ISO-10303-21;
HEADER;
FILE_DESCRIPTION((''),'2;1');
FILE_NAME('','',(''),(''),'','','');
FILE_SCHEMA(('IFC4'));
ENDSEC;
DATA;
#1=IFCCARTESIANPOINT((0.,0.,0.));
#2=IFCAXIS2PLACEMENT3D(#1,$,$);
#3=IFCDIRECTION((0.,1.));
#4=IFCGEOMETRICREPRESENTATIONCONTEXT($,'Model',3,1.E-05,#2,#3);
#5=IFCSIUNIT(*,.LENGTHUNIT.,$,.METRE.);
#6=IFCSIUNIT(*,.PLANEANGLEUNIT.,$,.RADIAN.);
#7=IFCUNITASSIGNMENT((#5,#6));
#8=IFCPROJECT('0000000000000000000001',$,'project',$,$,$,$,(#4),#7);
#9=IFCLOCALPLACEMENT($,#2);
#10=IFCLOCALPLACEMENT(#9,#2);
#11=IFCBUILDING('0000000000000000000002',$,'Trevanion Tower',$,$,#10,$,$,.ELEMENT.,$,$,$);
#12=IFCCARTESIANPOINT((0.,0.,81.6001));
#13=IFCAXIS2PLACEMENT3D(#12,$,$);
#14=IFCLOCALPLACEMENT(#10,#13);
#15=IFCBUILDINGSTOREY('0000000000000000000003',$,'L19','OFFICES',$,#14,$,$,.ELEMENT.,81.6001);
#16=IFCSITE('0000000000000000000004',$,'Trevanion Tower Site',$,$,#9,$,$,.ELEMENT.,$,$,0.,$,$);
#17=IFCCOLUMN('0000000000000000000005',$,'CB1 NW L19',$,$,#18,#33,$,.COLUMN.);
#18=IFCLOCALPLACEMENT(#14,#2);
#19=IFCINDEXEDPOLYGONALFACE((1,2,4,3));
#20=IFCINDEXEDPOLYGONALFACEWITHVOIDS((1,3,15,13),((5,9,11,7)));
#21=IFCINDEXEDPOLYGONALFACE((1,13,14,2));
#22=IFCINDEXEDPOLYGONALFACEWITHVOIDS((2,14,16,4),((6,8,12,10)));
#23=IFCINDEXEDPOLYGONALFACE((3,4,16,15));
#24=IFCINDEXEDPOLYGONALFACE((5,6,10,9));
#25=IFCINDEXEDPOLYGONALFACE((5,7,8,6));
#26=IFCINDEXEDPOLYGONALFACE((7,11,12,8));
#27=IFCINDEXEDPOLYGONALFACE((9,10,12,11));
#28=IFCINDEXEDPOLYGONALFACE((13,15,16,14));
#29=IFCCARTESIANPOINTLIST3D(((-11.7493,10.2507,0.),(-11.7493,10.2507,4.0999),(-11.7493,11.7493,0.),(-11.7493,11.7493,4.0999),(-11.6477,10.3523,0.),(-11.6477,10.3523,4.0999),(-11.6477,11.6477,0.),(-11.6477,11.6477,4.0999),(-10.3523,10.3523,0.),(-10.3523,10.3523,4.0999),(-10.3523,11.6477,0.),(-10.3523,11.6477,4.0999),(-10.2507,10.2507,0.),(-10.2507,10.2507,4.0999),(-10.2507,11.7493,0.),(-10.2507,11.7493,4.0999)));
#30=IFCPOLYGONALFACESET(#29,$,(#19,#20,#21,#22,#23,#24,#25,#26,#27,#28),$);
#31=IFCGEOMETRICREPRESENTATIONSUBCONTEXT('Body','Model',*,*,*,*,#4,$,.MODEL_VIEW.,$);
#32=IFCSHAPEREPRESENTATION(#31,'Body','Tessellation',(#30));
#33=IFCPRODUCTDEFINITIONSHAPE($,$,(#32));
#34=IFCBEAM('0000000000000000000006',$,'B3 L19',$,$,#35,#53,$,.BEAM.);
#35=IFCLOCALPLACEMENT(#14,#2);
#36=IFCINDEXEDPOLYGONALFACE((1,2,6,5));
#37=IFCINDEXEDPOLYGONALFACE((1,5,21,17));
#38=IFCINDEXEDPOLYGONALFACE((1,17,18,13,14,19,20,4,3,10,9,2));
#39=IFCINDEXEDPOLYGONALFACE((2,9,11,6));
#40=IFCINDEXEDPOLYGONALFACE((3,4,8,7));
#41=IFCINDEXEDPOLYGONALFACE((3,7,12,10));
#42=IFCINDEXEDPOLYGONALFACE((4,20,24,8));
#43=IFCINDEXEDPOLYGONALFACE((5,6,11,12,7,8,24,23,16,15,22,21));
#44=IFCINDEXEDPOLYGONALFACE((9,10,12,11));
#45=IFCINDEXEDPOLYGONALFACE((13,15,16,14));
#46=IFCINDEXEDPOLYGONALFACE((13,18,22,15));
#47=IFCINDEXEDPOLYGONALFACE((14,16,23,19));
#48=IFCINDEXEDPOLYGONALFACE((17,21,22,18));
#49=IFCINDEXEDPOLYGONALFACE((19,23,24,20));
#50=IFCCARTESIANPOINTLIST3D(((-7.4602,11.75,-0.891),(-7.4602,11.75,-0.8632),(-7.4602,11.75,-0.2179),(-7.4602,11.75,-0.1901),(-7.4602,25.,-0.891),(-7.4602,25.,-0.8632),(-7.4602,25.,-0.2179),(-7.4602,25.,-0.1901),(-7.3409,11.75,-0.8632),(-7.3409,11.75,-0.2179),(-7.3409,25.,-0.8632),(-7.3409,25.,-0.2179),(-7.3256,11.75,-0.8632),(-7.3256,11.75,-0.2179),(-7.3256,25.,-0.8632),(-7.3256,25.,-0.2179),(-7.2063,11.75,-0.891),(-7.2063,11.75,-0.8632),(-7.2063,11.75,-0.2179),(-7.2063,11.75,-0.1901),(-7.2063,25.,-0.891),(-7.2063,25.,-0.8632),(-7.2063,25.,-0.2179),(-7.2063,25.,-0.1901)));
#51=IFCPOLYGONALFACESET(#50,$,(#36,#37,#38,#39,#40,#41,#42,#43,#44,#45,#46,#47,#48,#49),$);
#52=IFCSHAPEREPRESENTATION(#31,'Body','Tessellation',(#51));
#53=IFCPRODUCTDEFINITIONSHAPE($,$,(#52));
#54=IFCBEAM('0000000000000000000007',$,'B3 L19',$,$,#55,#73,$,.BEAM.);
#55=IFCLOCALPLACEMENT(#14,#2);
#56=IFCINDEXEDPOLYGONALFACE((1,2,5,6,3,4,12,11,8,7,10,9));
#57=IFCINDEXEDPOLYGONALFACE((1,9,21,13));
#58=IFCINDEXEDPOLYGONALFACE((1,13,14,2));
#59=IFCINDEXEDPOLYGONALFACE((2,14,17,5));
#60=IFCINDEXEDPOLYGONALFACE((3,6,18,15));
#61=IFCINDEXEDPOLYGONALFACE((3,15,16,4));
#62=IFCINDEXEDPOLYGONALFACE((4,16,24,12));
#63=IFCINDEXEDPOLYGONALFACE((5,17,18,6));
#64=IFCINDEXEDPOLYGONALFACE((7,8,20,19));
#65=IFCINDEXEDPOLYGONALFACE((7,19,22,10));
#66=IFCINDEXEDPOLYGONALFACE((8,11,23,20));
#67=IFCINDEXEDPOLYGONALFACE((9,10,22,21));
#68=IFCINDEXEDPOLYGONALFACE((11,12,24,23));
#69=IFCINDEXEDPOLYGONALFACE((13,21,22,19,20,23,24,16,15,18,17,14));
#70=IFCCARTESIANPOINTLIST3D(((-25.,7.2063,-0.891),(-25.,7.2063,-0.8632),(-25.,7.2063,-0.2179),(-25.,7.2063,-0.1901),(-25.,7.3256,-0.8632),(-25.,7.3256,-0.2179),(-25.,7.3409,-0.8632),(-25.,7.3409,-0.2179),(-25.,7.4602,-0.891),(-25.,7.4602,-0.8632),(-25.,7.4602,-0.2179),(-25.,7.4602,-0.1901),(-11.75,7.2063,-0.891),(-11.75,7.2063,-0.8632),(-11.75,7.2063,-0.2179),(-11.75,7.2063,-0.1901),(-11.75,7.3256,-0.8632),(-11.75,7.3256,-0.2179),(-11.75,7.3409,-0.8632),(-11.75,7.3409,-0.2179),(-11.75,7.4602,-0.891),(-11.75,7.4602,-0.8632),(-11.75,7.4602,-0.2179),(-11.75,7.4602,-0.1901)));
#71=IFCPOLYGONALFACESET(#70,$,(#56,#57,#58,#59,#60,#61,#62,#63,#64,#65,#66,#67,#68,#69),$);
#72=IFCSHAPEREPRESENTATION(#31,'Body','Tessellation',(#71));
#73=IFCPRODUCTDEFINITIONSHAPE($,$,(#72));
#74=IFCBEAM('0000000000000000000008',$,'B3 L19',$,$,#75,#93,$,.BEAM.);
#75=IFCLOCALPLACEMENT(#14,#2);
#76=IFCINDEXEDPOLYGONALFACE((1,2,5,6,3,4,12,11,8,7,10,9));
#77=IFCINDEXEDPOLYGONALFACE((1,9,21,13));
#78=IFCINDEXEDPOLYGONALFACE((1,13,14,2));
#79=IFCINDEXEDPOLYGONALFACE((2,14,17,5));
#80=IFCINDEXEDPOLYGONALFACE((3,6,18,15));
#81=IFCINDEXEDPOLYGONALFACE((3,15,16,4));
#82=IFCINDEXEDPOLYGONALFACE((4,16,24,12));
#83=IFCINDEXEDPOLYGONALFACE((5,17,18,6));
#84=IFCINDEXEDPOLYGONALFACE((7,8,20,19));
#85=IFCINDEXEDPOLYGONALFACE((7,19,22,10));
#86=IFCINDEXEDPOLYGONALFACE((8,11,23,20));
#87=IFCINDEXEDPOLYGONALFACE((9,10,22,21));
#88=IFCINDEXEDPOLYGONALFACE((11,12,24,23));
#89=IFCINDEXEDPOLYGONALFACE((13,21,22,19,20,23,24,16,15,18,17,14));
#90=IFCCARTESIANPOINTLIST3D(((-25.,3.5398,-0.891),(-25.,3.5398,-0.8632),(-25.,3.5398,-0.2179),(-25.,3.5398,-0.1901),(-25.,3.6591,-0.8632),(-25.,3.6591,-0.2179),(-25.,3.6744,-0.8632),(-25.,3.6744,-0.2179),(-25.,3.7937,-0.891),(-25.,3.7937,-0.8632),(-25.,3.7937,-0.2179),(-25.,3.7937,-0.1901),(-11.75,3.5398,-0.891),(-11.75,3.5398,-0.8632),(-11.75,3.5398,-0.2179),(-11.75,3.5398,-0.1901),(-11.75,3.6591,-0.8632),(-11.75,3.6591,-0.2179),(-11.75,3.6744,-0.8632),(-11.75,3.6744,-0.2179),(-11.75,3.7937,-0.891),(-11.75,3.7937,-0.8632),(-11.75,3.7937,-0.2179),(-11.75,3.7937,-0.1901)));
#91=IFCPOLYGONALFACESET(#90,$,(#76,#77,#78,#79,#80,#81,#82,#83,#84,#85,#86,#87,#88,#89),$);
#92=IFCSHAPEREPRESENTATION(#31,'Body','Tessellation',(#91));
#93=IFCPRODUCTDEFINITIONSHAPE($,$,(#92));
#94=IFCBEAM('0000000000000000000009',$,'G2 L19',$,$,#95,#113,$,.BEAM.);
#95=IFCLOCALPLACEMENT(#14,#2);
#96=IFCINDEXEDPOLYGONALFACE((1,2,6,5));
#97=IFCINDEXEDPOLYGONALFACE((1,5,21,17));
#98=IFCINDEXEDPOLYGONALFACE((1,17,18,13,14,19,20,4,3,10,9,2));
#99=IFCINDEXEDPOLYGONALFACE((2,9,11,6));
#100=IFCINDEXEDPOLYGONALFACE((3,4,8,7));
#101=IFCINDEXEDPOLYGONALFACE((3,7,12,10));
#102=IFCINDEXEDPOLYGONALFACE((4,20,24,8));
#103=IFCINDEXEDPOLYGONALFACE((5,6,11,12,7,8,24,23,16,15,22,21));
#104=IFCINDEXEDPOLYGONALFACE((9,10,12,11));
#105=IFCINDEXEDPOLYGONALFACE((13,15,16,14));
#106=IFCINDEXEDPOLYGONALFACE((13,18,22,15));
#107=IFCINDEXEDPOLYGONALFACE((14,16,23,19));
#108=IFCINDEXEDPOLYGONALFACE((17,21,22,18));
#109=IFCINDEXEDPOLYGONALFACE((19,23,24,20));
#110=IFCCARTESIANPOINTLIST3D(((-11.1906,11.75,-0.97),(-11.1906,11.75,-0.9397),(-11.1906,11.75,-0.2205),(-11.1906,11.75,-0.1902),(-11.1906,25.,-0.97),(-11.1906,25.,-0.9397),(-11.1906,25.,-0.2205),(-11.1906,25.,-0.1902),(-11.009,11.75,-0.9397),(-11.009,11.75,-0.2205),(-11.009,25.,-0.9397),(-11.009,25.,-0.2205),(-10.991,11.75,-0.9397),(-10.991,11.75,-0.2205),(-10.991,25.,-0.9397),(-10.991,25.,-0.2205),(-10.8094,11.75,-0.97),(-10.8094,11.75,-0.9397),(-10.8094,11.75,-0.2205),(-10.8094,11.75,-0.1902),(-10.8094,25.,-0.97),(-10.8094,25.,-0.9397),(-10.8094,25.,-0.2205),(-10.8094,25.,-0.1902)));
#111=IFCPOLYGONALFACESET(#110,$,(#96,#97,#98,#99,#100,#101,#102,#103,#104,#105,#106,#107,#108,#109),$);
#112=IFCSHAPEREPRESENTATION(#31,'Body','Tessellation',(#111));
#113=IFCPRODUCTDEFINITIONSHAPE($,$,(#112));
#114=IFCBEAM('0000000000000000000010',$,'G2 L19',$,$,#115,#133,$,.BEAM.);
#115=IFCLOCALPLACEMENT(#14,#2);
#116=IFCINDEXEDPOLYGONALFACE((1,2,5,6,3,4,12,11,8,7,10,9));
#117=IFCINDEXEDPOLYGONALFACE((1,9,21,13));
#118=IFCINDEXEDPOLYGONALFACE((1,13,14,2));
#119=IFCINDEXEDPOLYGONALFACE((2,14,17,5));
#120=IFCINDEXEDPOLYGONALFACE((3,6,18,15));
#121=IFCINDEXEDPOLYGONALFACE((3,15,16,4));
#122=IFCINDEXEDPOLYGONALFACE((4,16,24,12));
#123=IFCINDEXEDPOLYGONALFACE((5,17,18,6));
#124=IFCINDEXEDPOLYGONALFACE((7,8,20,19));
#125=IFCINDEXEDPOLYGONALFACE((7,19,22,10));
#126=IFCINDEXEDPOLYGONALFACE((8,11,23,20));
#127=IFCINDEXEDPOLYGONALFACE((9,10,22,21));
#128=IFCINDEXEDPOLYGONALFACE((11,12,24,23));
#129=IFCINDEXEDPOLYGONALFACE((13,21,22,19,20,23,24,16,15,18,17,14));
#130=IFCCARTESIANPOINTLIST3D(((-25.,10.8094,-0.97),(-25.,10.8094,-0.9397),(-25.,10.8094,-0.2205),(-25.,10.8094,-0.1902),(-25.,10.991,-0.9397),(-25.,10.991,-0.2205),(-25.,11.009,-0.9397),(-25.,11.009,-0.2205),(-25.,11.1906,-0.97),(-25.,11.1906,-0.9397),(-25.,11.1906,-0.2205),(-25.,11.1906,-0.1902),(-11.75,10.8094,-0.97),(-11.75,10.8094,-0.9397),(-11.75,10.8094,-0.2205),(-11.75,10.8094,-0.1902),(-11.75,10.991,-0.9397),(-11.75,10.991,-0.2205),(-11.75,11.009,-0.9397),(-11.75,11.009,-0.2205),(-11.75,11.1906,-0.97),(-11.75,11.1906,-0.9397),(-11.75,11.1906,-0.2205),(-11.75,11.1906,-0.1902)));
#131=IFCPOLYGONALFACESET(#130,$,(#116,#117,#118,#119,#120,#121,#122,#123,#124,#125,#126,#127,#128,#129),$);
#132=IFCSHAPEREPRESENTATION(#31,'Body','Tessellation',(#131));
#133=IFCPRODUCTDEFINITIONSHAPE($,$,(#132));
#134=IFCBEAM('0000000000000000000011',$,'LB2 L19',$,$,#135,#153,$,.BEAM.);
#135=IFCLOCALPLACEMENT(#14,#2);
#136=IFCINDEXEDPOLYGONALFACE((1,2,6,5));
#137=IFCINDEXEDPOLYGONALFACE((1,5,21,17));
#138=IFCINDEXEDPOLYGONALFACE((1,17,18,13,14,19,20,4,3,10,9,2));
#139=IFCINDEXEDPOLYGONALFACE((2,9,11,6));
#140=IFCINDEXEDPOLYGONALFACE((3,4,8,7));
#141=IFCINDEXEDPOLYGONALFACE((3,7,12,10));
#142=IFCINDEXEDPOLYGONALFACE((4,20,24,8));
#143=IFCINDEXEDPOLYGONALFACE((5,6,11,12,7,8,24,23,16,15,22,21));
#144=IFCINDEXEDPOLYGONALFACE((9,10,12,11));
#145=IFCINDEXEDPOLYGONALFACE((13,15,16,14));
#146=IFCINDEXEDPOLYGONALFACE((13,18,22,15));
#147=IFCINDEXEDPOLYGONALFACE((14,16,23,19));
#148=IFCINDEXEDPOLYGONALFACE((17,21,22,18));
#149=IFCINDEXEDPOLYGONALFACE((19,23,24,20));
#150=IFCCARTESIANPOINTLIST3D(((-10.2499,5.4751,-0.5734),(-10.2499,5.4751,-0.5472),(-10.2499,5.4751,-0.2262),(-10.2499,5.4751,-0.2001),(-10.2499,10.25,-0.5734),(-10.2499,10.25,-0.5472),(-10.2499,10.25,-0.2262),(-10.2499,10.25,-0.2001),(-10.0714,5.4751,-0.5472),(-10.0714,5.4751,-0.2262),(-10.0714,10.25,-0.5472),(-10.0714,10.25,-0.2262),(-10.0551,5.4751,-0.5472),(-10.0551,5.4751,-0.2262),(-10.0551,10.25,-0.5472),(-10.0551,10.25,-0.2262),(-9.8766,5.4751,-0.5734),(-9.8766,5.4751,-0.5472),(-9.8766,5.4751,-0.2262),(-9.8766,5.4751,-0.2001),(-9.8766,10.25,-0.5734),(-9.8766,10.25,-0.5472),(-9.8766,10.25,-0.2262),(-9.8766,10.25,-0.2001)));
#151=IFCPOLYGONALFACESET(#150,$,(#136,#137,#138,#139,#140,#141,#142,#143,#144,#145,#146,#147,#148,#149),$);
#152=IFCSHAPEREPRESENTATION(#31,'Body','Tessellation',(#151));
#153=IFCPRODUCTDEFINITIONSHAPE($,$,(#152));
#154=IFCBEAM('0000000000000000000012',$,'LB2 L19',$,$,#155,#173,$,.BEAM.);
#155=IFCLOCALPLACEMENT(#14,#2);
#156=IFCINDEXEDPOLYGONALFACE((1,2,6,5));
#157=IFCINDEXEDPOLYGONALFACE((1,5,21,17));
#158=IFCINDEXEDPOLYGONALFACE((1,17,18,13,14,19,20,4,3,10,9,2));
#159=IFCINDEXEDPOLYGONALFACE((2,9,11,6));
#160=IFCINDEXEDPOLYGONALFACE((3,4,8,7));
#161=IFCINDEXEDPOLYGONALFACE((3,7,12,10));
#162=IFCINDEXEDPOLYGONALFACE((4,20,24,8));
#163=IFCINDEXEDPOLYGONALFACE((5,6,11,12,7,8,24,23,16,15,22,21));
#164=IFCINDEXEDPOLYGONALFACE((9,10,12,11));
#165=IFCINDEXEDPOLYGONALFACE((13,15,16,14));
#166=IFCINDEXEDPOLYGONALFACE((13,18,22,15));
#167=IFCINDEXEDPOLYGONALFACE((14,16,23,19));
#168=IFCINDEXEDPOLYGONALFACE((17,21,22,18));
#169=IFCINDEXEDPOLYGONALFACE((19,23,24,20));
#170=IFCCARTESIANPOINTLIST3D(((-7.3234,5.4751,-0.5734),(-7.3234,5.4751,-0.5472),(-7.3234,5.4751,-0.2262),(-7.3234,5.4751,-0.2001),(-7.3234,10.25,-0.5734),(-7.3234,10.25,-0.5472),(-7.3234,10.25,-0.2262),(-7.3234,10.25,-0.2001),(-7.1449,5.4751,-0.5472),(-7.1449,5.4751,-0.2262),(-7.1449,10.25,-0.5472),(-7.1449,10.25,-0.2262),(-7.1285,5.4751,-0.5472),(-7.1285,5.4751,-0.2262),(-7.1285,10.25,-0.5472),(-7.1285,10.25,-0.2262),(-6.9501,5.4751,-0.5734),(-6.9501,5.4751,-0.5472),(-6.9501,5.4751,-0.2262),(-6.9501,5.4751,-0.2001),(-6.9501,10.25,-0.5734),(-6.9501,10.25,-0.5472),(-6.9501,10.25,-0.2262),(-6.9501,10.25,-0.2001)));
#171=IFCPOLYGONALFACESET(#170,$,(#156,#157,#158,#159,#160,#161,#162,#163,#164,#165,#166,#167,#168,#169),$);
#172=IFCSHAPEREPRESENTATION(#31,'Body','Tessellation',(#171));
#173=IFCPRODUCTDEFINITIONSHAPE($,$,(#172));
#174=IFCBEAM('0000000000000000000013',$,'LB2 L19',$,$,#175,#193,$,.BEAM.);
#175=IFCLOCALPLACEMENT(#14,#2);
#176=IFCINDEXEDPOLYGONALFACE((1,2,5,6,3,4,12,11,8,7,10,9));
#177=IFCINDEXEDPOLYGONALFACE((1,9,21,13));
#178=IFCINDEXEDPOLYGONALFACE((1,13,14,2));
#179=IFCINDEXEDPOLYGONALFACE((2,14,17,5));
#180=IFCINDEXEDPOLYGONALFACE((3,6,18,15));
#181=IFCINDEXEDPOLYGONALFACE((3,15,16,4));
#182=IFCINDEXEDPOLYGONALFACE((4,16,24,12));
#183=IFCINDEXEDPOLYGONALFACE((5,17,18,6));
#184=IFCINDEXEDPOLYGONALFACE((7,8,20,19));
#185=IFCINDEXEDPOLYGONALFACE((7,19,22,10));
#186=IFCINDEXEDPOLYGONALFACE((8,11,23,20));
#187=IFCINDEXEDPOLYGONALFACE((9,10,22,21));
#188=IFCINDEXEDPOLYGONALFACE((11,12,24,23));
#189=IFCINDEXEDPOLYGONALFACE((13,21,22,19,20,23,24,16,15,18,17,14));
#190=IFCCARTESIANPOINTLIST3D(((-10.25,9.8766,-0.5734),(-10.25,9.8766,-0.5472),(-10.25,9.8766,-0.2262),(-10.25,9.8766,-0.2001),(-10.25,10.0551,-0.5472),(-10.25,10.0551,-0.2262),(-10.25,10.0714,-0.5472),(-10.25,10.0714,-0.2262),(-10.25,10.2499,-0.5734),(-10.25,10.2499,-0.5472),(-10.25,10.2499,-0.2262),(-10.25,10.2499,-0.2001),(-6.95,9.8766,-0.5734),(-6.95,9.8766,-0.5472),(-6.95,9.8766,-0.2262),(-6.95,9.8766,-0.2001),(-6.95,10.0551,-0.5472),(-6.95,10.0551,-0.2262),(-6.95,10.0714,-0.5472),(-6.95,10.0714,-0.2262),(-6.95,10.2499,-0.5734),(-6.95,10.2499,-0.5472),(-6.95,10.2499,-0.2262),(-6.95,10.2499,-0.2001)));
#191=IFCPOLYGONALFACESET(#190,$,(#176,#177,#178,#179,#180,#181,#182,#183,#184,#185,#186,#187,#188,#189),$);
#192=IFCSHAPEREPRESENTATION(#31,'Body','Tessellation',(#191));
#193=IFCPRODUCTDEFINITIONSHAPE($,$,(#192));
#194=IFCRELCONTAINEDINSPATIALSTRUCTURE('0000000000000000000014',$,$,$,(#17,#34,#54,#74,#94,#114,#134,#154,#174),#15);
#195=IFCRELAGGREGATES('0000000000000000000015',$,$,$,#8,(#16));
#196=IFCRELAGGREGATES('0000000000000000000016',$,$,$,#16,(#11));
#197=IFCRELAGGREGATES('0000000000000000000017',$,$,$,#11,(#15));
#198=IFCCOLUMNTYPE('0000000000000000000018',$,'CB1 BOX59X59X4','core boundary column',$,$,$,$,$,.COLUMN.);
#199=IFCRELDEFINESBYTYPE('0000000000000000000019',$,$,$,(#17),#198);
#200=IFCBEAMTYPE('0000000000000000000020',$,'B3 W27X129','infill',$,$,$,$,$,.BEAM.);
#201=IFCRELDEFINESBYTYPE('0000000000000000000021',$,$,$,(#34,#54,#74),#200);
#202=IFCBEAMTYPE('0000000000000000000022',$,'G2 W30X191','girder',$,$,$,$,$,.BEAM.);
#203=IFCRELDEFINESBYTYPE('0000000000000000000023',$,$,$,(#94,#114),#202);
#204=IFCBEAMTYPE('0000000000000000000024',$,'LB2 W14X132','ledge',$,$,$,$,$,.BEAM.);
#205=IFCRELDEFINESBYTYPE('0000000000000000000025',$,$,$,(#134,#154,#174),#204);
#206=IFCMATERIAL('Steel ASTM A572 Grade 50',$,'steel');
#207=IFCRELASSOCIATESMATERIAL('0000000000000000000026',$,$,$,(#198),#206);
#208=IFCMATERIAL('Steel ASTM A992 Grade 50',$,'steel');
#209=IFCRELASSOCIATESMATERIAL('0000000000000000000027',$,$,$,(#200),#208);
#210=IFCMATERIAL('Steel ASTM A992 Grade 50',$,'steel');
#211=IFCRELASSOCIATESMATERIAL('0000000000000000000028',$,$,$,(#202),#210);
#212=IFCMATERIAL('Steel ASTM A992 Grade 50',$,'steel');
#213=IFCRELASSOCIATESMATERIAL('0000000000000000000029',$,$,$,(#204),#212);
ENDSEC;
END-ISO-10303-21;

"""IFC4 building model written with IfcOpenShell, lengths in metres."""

from ifc_helpers import new_model, si_unit, direction, frame, origin, origin_2d, place, context, subcontext, project, spatial, hollow_rectangle, i_section, extrude, material, material_profile, profile_set, type_object, element, save


model = new_model("IFC4")

# Units and contexts
model_context = context("Model", 3, precision=1e-05, world=origin(), true_north=direction((0.0, 1.0)))
body_context = subcontext(model_context, "Body", "Model", "MODEL_VIEW")
ifc_project = project(units=[si_unit("LENGTHUNIT", "METRE"), si_unit("PLANEANGLEUNIT", "RADIAN")], contexts=[model_context])

# Site, building, storey
site_placement = place(None, origin())
site = spatial("IfcSite", under=ifc_project, at=site_placement, Name="Trevanion Tower Site", CompositionType="ELEMENT", RefElevation=0.0)
building_placement = place(site_placement, origin())
building = spatial("IfcBuilding", under=site, at=building_placement, Name="Trevanion Tower", CompositionType="ELEMENT")
storey_placement = place(building_placement, frame((0.0, 0.0, 81.6001)))
storey = spatial("IfcBuildingStorey", under=building, at=storey_placement, Name="L19", Description="OFFICES", CompositionType="ELEMENT", Elevation=81.6001)

# Column
ifc_material_1 = material(Name="Steel ASTM A572 Grade 50", Category="steel")
ifc_material_profile_1 = material_profile(ifc_material_1, hollow_rectangle(XDim=1.4985, YDim=1.4985, WallThickness=0.1016, at=origin_2d()), Name="BOX59X59X4")
ifc_profile_set_1 = profile_set([ifc_material_profile_1], Name="Steel ASTM A572 Grade 50")
column_type = type_object("IfcColumnType", Name="CB1 BOX59X59X4", Description="core boundary column", PredefinedType="COLUMN", material=ifc_profile_set_1)
column_placement = place(storey_placement, frame((-11.0, 11.0, 0.0), z_axis=(0.0, 0.0, 1.0), x_axis=(1.0, 0.0, 0.0)))
element("IfcColumn", 1, at=column_placement, inside=storey, type_object=column_type, Name="CB1 NW L19", PredefinedType="COLUMN", context=body_context, shape_type="SweptSolid", body=[
    extrude(hollow_rectangle(XDim=1.4985, YDim=1.4985, WallThickness=0.1016, at=origin_2d()), origin(), (0.0, 0.0, 1.0), 4.0999),
])

# Beams
ifc_material_2 = material(Name="Steel ASTM A992 Grade 50", Category="steel")
ifc_material_profile_2 = material_profile(ifc_material_2, i_section(OverallWidth=0.2539, OverallDepth=0.7009, WebThickness=0.0154, FlangeThickness=0.0278, at=origin_2d()), Name="W27X129")
ifc_profile_set_2 = profile_set([ifc_material_profile_2], Name="Steel ASTM A992 Grade 50")
beam_type_1 = type_object("IfcBeamType", Name="B3 W27X129", Description="infill", PredefinedType="BEAM", material=ifc_profile_set_2)
for number, where, z_axis, x_axis, name in (
    (2, (-7.3333, 11.75, -0.5405), (0.0, 1.0, 0.0), (-1.0, 0.0, 0.0), "B3 L19"),
    (3, (-11.75, 7.3333, -0.5405), (-1.0, 0.0, 0.0), (0.0, -1.0, 0.0), "B3 L19"),
    (4, (-11.75, 3.6667, -0.5405), (-1.0, 0.0, 0.0), (0.0, -1.0, 0.0), "B3 L19"),
):
    element("IfcBeam", number, at=place(storey_placement, frame(where, z_axis=z_axis, x_axis=x_axis)), inside=storey, type_object=beam_type_1, Name=name, PredefinedType="BEAM", context=body_context, shape_type="SweptSolid", body=[
        extrude(i_section(OverallWidth=0.2539, OverallDepth=0.7009, WebThickness=0.0154, FlangeThickness=0.0278, at=origin_2d()), origin(), (0.0, 0.0, 1.0), 13.25),
    ])
ifc_material_3 = material(Name="Steel ASTM A992 Grade 50", Category="steel")
ifc_material_profile_3 = material_profile(ifc_material_3, i_section(OverallWidth=0.3811, OverallDepth=0.7798, WebThickness=0.0181, FlangeThickness=0.0303, at=origin_2d()), Name="W30X191")
ifc_profile_set_3 = profile_set([ifc_material_profile_3], Name="Steel ASTM A992 Grade 50")
beam_type_2 = type_object("IfcBeamType", Name="G2 W30X191", Description="girder", PredefinedType="BEAM", material=ifc_profile_set_3)
for number, where, z_axis, x_axis, name in (
    (5, (-11.0, 11.75, -0.5801), (0.0, 1.0, 0.0), (-1.0, 0.0, 0.0), "G2 L19"),
    (6, (-11.75, 11.0, -0.5801), (-1.0, 0.0, 0.0), (0.0, -1.0, 0.0), "G2 L19"),
):
    element("IfcBeam", number, at=place(storey_placement, frame(where, z_axis=z_axis, x_axis=x_axis)), inside=storey, type_object=beam_type_2, Name=name, PredefinedType="BEAM", context=body_context, shape_type="SweptSolid", body=[
        extrude(i_section(OverallWidth=0.3811, OverallDepth=0.7798, WebThickness=0.0181, FlangeThickness=0.0303, at=origin_2d()), origin(), (0.0, 0.0, 1.0), 13.25),
    ])
ifc_material_4 = material(Name="Steel ASTM A992 Grade 50", Category="steel")
ifc_material_profile_4 = material_profile(ifc_material_4, i_section(OverallWidth=0.3733, OverallDepth=0.3733, WebThickness=0.0164, FlangeThickness=0.0261, at=origin_2d()), Name="W14X132")
ifc_profile_set_4 = profile_set([ifc_material_profile_4], Name="Steel ASTM A992 Grade 50")
beam_type_3 = type_object("IfcBeamType", Name="LB2 W14X132", Description="ledge", PredefinedType="BEAM", material=ifc_profile_set_4)
for number, where, z_axis, x_axis, name in (
    (7, (-10.0632, 5.4751, -0.3867), (0.0, 1.0, 0.0), (-1.0, 0.0, 0.0), "LB2 L19"),
    (8, (-7.1367, 5.4751, -0.3867), (0.0, 1.0, 0.0), (-1.0, 0.0, 0.0), "LB2 L19"),
):
    element("IfcBeam", number, at=place(storey_placement, frame(where, z_axis=z_axis, x_axis=x_axis)), inside=storey, type_object=beam_type_3, Name=name, PredefinedType="BEAM", context=body_context, shape_type="SweptSolid", body=[
        extrude(i_section(OverallWidth=0.3733, OverallDepth=0.3733, WebThickness=0.0164, FlangeThickness=0.0261, at=origin_2d()), origin(), (0.0, 0.0, 1.0), 4.7749),
    ])
beam_placement = place(storey_placement, frame((-10.25, 10.0632, -0.3867), z_axis=(1.0, 0.0, 0.0), x_axis=(0.0, 1.0, 0.0)))
element("IfcBeam", 9, at=beam_placement, inside=storey, type_object=beam_type_3, Name="LB2 L19", PredefinedType="BEAM", context=body_context, shape_type="SweptSolid", body=[
    extrude(i_section(OverallWidth=0.3733, OverallDepth=0.3733, WebThickness=0.0164, FlangeThickness=0.0261, at=origin_2d()), origin(), (0.0, 0.0, 1.0), 3.3),
])

save(model, "model.ifc")
